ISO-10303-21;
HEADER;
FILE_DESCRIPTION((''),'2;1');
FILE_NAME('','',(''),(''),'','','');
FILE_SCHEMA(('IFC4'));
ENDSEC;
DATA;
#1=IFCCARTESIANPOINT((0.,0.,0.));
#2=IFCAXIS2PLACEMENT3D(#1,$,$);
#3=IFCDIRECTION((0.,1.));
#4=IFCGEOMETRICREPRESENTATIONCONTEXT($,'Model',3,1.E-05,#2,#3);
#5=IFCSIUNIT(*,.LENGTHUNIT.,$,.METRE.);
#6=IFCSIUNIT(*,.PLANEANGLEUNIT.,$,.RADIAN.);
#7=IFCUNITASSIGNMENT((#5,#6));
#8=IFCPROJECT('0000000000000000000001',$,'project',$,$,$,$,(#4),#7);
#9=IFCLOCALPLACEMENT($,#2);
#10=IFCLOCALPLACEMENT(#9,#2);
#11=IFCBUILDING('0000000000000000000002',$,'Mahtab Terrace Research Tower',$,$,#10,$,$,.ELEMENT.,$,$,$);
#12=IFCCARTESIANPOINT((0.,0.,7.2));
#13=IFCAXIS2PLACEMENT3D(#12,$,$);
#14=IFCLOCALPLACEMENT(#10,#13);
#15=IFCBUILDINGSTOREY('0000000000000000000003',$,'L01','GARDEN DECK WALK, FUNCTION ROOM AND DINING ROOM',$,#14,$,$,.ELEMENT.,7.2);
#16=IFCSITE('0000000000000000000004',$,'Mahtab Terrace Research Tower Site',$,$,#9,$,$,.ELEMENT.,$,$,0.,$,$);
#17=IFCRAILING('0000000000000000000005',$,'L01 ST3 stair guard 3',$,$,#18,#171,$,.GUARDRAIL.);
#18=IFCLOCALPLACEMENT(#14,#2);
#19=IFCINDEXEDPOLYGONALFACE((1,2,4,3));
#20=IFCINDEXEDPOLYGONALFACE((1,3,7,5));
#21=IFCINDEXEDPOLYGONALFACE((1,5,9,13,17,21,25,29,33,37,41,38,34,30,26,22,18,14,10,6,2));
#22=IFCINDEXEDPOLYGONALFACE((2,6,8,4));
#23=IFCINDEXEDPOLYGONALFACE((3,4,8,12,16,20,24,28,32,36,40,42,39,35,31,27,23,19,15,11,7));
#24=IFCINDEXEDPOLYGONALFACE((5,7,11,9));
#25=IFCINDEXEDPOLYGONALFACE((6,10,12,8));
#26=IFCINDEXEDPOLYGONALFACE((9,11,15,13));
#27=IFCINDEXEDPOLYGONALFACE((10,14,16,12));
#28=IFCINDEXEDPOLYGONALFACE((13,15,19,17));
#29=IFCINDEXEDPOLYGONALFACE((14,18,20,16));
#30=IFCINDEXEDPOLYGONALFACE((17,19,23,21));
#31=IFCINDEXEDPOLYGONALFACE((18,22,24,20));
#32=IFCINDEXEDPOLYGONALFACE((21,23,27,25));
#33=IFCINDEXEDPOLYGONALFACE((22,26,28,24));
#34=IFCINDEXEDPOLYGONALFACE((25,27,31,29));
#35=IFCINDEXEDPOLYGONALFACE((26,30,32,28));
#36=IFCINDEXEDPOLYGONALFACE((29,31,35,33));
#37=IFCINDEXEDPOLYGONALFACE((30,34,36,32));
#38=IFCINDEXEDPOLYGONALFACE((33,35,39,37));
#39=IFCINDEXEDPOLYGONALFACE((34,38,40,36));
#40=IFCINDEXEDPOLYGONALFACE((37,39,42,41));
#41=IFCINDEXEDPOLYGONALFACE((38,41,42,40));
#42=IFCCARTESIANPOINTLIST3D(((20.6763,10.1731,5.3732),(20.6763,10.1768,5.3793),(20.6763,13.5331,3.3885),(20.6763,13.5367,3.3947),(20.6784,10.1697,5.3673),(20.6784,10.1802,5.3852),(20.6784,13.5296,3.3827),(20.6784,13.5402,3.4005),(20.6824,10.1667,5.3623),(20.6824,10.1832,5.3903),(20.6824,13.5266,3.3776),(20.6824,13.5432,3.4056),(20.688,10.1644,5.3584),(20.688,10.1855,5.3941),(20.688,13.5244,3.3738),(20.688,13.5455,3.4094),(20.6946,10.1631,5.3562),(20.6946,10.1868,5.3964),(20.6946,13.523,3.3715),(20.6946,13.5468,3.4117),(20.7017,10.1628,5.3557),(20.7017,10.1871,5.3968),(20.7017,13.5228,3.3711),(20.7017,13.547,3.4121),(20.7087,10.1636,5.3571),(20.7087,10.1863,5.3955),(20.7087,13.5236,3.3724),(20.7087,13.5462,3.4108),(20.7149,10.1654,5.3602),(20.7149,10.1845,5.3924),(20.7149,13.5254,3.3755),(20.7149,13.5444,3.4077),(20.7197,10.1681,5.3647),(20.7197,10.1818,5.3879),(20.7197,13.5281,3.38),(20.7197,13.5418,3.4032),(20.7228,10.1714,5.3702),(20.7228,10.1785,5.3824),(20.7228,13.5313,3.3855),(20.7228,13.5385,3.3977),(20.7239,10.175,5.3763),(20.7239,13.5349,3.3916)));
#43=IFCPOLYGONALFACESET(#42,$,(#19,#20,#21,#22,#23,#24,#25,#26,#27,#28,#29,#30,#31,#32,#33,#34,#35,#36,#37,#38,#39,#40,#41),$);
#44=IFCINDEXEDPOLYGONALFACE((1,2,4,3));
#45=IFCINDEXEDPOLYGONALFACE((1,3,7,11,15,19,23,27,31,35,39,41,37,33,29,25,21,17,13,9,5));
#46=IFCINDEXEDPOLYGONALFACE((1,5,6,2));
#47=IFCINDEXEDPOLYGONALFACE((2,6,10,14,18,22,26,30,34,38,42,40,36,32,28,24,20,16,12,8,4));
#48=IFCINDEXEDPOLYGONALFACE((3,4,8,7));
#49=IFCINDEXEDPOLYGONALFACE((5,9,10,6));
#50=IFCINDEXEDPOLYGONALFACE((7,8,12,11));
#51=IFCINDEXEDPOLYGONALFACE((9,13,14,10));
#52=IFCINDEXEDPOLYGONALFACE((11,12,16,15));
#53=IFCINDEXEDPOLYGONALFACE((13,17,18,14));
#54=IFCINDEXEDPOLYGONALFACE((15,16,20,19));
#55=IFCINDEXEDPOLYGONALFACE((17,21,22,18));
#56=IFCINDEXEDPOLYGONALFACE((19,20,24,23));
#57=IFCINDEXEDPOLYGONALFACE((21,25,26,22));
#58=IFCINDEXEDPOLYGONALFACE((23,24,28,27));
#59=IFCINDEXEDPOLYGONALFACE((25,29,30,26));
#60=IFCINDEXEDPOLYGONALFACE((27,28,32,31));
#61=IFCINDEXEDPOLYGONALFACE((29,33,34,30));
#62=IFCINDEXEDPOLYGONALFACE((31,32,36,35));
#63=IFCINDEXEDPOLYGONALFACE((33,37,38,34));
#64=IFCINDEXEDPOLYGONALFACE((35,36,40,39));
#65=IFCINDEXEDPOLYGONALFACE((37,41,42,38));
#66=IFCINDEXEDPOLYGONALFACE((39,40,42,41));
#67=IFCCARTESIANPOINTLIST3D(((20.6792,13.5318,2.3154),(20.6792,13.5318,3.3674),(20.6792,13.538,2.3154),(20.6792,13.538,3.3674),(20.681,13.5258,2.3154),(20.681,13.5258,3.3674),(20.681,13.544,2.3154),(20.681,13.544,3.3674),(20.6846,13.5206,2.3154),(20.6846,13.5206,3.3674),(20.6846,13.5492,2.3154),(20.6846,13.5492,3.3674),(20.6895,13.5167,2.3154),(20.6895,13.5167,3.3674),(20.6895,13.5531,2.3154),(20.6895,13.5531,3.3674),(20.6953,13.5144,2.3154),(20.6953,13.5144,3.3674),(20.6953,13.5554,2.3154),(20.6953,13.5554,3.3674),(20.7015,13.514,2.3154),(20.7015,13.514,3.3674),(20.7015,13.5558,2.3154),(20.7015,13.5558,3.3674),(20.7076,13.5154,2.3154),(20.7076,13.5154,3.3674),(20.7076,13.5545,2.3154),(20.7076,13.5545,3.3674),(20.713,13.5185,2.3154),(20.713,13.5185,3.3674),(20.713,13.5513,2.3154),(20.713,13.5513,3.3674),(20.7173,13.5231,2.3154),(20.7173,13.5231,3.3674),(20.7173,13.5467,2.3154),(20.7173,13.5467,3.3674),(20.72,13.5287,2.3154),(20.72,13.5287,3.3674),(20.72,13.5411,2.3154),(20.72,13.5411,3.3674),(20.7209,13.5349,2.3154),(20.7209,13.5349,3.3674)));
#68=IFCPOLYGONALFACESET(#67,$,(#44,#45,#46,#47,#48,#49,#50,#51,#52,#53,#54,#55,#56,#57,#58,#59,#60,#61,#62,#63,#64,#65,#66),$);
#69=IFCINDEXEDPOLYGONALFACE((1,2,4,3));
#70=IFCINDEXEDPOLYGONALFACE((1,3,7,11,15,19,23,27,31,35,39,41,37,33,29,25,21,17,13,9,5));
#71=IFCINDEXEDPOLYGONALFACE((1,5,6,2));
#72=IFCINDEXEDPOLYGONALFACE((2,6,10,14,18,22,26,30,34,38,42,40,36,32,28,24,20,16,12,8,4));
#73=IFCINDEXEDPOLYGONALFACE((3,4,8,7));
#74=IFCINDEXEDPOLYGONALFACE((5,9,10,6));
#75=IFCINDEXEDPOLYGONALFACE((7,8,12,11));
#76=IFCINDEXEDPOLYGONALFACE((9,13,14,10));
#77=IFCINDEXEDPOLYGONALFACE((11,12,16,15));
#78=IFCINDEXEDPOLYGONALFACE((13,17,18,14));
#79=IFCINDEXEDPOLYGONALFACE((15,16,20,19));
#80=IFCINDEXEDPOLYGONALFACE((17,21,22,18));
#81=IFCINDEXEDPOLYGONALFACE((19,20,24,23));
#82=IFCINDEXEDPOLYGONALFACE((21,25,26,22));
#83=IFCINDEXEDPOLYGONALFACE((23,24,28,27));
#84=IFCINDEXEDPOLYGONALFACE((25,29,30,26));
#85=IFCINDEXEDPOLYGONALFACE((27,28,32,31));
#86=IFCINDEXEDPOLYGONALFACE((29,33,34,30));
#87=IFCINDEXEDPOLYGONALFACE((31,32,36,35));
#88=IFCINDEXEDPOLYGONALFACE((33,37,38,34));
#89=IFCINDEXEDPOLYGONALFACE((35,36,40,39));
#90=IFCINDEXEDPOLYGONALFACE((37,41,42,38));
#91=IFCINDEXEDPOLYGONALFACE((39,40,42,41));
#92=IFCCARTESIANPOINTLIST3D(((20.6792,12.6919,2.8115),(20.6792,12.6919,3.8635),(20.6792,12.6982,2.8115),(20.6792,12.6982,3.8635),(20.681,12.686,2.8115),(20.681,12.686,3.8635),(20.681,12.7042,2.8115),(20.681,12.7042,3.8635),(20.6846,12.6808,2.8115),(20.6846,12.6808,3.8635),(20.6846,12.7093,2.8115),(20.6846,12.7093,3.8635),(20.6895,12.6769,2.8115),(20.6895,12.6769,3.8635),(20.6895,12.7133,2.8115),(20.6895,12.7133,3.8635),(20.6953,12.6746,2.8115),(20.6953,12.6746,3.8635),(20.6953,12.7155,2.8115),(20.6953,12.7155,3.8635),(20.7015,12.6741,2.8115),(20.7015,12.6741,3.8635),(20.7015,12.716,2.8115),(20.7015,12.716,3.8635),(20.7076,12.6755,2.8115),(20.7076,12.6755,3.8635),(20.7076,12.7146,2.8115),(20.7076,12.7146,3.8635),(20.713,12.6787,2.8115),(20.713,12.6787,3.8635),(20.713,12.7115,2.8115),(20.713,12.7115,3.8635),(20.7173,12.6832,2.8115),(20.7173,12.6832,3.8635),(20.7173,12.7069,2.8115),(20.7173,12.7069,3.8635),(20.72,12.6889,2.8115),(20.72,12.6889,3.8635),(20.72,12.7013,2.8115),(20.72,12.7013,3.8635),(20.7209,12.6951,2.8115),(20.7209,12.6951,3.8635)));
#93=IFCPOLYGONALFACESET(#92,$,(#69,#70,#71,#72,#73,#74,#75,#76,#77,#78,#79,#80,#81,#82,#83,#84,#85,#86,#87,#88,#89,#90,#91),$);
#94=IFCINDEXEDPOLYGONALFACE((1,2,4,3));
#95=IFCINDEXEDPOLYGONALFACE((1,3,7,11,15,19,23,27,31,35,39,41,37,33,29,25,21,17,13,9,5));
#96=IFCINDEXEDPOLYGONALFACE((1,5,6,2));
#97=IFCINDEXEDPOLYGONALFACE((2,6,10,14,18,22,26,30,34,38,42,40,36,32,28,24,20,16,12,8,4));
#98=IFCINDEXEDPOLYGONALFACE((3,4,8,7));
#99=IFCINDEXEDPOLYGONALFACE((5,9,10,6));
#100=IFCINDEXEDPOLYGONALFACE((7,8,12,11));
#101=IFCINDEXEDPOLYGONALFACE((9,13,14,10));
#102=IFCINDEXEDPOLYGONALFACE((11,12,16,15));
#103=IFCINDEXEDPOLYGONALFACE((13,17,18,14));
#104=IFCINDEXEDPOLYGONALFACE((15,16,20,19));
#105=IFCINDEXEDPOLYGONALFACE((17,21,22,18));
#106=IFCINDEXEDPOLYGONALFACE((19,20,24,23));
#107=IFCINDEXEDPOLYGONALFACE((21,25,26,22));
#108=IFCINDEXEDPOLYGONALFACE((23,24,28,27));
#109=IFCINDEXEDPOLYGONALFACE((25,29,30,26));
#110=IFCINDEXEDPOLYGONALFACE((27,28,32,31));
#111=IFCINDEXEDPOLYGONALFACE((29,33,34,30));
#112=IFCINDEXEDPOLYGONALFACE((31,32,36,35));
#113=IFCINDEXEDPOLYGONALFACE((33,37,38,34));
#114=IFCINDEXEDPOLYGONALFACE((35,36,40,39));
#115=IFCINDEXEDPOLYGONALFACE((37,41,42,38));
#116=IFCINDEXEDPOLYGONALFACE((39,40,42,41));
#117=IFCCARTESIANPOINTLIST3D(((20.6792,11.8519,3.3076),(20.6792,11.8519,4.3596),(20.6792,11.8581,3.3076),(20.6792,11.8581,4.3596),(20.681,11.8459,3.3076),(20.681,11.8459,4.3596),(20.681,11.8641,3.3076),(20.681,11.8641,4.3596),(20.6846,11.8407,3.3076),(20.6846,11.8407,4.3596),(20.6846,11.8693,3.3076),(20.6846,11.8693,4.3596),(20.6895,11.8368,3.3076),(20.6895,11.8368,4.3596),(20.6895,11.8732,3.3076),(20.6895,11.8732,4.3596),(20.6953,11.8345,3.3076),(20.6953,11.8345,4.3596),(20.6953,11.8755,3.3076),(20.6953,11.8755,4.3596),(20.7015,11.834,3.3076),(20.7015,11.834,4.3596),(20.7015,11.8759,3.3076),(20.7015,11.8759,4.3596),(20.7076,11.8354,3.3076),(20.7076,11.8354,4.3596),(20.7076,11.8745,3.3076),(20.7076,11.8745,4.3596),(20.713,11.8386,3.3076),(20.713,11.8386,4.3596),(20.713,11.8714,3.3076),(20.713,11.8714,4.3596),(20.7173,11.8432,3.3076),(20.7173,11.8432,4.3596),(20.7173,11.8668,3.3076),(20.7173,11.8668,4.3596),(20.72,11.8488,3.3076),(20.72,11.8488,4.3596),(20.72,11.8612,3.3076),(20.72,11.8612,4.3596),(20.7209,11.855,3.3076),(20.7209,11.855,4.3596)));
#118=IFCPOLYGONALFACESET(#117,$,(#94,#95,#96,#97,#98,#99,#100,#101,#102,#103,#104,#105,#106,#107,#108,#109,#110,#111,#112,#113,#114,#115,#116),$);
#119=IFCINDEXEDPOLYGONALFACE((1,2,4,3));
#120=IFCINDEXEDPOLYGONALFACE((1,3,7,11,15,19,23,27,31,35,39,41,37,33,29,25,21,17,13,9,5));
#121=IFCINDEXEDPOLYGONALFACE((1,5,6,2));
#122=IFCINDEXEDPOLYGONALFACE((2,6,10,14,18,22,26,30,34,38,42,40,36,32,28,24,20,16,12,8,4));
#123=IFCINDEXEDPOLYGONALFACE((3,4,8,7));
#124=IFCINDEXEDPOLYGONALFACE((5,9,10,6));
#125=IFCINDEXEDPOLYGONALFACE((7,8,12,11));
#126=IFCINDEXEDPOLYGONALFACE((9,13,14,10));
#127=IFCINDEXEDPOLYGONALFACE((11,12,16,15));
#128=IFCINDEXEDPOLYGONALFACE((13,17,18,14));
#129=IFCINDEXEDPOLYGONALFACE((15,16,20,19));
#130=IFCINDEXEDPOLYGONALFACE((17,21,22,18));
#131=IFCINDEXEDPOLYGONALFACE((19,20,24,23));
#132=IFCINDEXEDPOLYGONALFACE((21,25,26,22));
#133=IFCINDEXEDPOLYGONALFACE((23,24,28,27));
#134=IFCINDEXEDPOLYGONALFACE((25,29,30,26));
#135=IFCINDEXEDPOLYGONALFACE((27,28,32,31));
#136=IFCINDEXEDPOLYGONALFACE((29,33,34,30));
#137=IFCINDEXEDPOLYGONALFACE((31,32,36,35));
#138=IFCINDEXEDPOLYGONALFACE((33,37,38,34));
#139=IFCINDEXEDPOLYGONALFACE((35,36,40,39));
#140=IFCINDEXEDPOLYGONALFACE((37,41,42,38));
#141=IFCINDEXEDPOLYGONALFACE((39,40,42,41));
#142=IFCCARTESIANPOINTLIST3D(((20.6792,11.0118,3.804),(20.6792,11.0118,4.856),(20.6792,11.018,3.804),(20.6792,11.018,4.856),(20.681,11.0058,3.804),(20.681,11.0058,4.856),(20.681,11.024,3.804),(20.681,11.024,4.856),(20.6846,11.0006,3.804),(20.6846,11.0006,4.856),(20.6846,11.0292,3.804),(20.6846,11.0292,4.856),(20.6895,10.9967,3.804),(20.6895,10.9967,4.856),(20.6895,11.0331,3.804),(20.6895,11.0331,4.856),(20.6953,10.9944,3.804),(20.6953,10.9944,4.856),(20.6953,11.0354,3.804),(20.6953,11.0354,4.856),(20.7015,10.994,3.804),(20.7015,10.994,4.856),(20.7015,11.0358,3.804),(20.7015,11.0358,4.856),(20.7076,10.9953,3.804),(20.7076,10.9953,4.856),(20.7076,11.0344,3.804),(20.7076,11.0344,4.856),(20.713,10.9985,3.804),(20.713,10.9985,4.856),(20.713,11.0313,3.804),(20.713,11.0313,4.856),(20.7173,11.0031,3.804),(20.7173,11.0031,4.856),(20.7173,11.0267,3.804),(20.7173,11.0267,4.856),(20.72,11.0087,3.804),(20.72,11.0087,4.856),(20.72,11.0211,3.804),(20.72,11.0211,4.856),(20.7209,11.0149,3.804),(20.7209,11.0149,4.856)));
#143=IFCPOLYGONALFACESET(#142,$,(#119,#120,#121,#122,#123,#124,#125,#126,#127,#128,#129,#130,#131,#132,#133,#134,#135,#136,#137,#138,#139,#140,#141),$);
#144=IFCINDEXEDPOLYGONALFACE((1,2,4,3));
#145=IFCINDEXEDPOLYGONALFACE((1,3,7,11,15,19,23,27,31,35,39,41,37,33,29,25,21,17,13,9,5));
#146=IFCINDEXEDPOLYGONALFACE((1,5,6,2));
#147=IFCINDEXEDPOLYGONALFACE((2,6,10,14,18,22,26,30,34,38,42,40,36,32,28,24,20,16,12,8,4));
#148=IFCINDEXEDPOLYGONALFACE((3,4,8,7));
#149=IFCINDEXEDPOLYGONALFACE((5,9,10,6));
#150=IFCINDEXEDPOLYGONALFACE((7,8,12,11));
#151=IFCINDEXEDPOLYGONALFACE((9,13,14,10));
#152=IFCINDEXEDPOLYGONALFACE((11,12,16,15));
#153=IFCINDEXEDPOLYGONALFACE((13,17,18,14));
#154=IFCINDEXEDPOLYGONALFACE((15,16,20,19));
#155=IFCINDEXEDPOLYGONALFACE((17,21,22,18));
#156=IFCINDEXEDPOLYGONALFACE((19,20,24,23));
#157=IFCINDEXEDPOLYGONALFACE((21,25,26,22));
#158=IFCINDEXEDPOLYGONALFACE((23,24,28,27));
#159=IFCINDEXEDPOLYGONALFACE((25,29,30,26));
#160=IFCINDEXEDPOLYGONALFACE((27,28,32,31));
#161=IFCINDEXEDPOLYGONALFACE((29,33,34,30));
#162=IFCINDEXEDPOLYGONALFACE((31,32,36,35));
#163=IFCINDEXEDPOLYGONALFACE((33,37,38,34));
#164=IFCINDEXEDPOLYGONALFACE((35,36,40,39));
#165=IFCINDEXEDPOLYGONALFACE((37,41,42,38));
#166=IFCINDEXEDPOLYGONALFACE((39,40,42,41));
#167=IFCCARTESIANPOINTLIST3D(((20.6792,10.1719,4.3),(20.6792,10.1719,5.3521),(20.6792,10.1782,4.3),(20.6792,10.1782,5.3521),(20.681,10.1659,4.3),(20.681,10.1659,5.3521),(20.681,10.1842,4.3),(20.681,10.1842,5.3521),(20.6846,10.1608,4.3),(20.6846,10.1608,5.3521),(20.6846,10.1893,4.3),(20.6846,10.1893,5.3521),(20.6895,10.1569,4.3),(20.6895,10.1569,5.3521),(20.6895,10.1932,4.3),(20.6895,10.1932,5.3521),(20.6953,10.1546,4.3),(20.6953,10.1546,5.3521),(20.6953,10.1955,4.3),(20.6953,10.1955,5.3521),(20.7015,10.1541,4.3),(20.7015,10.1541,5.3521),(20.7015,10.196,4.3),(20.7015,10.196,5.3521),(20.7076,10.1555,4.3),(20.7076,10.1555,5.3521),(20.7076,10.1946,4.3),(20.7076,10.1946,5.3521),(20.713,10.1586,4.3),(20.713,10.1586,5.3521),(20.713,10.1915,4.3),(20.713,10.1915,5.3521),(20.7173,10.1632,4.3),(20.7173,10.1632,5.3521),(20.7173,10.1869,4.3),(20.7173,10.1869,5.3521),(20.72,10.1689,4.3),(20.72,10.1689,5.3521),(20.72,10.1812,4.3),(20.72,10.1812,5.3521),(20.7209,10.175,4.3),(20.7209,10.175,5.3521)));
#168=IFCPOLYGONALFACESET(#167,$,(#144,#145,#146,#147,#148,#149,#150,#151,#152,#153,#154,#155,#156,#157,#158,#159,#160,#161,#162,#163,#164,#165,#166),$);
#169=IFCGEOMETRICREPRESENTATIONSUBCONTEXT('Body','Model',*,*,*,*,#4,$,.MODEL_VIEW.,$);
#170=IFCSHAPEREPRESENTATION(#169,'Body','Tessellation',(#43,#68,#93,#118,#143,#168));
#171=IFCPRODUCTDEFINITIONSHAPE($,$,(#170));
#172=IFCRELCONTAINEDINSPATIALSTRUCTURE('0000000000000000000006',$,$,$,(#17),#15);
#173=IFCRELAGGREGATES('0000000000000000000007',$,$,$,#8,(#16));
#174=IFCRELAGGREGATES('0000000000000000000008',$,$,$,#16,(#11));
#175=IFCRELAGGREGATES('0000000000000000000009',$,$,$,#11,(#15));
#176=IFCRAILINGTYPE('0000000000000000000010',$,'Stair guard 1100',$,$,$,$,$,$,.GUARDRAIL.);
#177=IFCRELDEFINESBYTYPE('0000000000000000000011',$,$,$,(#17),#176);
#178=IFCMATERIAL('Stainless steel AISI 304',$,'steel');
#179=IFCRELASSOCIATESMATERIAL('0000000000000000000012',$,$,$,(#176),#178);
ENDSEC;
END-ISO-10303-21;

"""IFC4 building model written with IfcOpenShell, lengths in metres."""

from ifc_helpers import new_model, si_unit, direction, frame, origin, origin_2d, place, context, subcontext, project, spatial, circle, extrude, material, type_object, element, save


model = new_model("IFC4")

# Units and contexts
model_context = context("Model", 3, precision=1e-05, world=origin(), true_north=direction((0.0, 1.0)))
body_context = subcontext(model_context, "Body", "Model", "MODEL_VIEW")
ifc_project = project(units=[si_unit("LENGTHUNIT", "METRE"), si_unit("PLANEANGLEUNIT", "RADIAN")], contexts=[model_context])

# Site, building, storey
site_placement = place(None, origin())
site = spatial("IfcSite", under=ifc_project, at=site_placement, Name="Mahtab Terrace Research Tower Site", CompositionType="ELEMENT", RefElevation=0.0)
building_placement = place(site_placement, origin())
building = spatial("IfcBuilding", under=site, at=building_placement, Name="Mahtab Terrace Research Tower", CompositionType="ELEMENT")
storey_placement = place(building_placement, frame((0.0, 0.0, 7.2)))
storey = spatial("IfcBuildingStorey", under=building, at=storey_placement, Name="L01", Description="GARDEN DECK WALK, FUNCTION ROOM AND DINING ROOM", CompositionType="ELEMENT", Elevation=7.2)

# Shared definitions
ifc_material_1 = material(Name="Stainless steel AISI 304", Category="steel")

# Railing
railing_type_1 = type_object("IfcRailingType", Name="Stair guard 1100", PredefinedType="GUARDRAIL", material=ifc_material_1)
railing_1_placement = place(storey_placement, frame((20.7, 13.5349, 2.3154)))
element("IfcRailing", 1, at=railing_1_placement, inside=storey, type_object=railing_type_1, Name="L01 ST3 stair guard 3", PredefinedType="GUARDRAIL", context=body_context, shape_type="SweptSolid", body=[
    extrude(circle(Radius=0.0239, at=origin_2d()), frame((0.0, 0.0, 1.0762), z_axis=(0.0, -0.861011, 0.508586), x_axis=(1.0, 0.0, 0.0)), (0.0, 0.0, 1.0), 3.9023),
    extrude(circle(Radius=0.021, at=origin_2d()), origin(), (0.0, 0.0, 1.0), 1.052),
    extrude(circle(Radius=0.021, at=origin_2d()), frame((0.0, -0.8398, 0.4961)), (0.0, 0.0, 1.0), 1.052),
    extrude(circle(Radius=0.021, at=origin_2d()), frame((0.0, -1.6799, 0.9922)), (0.0, 0.0, 1.0), 1.052),
    extrude(circle(Radius=0.021, at=origin_2d()), frame((0.0, -2.52, 1.4885)), (0.0, 0.0, 1.0), 1.052),
    extrude(circle(Radius=0.021, at=origin_2d()), frame((0.0, -3.3599, 1.9846)), (0.0, 0.0, 1.0), 1.052),
])

save(model, "model.ifc")
